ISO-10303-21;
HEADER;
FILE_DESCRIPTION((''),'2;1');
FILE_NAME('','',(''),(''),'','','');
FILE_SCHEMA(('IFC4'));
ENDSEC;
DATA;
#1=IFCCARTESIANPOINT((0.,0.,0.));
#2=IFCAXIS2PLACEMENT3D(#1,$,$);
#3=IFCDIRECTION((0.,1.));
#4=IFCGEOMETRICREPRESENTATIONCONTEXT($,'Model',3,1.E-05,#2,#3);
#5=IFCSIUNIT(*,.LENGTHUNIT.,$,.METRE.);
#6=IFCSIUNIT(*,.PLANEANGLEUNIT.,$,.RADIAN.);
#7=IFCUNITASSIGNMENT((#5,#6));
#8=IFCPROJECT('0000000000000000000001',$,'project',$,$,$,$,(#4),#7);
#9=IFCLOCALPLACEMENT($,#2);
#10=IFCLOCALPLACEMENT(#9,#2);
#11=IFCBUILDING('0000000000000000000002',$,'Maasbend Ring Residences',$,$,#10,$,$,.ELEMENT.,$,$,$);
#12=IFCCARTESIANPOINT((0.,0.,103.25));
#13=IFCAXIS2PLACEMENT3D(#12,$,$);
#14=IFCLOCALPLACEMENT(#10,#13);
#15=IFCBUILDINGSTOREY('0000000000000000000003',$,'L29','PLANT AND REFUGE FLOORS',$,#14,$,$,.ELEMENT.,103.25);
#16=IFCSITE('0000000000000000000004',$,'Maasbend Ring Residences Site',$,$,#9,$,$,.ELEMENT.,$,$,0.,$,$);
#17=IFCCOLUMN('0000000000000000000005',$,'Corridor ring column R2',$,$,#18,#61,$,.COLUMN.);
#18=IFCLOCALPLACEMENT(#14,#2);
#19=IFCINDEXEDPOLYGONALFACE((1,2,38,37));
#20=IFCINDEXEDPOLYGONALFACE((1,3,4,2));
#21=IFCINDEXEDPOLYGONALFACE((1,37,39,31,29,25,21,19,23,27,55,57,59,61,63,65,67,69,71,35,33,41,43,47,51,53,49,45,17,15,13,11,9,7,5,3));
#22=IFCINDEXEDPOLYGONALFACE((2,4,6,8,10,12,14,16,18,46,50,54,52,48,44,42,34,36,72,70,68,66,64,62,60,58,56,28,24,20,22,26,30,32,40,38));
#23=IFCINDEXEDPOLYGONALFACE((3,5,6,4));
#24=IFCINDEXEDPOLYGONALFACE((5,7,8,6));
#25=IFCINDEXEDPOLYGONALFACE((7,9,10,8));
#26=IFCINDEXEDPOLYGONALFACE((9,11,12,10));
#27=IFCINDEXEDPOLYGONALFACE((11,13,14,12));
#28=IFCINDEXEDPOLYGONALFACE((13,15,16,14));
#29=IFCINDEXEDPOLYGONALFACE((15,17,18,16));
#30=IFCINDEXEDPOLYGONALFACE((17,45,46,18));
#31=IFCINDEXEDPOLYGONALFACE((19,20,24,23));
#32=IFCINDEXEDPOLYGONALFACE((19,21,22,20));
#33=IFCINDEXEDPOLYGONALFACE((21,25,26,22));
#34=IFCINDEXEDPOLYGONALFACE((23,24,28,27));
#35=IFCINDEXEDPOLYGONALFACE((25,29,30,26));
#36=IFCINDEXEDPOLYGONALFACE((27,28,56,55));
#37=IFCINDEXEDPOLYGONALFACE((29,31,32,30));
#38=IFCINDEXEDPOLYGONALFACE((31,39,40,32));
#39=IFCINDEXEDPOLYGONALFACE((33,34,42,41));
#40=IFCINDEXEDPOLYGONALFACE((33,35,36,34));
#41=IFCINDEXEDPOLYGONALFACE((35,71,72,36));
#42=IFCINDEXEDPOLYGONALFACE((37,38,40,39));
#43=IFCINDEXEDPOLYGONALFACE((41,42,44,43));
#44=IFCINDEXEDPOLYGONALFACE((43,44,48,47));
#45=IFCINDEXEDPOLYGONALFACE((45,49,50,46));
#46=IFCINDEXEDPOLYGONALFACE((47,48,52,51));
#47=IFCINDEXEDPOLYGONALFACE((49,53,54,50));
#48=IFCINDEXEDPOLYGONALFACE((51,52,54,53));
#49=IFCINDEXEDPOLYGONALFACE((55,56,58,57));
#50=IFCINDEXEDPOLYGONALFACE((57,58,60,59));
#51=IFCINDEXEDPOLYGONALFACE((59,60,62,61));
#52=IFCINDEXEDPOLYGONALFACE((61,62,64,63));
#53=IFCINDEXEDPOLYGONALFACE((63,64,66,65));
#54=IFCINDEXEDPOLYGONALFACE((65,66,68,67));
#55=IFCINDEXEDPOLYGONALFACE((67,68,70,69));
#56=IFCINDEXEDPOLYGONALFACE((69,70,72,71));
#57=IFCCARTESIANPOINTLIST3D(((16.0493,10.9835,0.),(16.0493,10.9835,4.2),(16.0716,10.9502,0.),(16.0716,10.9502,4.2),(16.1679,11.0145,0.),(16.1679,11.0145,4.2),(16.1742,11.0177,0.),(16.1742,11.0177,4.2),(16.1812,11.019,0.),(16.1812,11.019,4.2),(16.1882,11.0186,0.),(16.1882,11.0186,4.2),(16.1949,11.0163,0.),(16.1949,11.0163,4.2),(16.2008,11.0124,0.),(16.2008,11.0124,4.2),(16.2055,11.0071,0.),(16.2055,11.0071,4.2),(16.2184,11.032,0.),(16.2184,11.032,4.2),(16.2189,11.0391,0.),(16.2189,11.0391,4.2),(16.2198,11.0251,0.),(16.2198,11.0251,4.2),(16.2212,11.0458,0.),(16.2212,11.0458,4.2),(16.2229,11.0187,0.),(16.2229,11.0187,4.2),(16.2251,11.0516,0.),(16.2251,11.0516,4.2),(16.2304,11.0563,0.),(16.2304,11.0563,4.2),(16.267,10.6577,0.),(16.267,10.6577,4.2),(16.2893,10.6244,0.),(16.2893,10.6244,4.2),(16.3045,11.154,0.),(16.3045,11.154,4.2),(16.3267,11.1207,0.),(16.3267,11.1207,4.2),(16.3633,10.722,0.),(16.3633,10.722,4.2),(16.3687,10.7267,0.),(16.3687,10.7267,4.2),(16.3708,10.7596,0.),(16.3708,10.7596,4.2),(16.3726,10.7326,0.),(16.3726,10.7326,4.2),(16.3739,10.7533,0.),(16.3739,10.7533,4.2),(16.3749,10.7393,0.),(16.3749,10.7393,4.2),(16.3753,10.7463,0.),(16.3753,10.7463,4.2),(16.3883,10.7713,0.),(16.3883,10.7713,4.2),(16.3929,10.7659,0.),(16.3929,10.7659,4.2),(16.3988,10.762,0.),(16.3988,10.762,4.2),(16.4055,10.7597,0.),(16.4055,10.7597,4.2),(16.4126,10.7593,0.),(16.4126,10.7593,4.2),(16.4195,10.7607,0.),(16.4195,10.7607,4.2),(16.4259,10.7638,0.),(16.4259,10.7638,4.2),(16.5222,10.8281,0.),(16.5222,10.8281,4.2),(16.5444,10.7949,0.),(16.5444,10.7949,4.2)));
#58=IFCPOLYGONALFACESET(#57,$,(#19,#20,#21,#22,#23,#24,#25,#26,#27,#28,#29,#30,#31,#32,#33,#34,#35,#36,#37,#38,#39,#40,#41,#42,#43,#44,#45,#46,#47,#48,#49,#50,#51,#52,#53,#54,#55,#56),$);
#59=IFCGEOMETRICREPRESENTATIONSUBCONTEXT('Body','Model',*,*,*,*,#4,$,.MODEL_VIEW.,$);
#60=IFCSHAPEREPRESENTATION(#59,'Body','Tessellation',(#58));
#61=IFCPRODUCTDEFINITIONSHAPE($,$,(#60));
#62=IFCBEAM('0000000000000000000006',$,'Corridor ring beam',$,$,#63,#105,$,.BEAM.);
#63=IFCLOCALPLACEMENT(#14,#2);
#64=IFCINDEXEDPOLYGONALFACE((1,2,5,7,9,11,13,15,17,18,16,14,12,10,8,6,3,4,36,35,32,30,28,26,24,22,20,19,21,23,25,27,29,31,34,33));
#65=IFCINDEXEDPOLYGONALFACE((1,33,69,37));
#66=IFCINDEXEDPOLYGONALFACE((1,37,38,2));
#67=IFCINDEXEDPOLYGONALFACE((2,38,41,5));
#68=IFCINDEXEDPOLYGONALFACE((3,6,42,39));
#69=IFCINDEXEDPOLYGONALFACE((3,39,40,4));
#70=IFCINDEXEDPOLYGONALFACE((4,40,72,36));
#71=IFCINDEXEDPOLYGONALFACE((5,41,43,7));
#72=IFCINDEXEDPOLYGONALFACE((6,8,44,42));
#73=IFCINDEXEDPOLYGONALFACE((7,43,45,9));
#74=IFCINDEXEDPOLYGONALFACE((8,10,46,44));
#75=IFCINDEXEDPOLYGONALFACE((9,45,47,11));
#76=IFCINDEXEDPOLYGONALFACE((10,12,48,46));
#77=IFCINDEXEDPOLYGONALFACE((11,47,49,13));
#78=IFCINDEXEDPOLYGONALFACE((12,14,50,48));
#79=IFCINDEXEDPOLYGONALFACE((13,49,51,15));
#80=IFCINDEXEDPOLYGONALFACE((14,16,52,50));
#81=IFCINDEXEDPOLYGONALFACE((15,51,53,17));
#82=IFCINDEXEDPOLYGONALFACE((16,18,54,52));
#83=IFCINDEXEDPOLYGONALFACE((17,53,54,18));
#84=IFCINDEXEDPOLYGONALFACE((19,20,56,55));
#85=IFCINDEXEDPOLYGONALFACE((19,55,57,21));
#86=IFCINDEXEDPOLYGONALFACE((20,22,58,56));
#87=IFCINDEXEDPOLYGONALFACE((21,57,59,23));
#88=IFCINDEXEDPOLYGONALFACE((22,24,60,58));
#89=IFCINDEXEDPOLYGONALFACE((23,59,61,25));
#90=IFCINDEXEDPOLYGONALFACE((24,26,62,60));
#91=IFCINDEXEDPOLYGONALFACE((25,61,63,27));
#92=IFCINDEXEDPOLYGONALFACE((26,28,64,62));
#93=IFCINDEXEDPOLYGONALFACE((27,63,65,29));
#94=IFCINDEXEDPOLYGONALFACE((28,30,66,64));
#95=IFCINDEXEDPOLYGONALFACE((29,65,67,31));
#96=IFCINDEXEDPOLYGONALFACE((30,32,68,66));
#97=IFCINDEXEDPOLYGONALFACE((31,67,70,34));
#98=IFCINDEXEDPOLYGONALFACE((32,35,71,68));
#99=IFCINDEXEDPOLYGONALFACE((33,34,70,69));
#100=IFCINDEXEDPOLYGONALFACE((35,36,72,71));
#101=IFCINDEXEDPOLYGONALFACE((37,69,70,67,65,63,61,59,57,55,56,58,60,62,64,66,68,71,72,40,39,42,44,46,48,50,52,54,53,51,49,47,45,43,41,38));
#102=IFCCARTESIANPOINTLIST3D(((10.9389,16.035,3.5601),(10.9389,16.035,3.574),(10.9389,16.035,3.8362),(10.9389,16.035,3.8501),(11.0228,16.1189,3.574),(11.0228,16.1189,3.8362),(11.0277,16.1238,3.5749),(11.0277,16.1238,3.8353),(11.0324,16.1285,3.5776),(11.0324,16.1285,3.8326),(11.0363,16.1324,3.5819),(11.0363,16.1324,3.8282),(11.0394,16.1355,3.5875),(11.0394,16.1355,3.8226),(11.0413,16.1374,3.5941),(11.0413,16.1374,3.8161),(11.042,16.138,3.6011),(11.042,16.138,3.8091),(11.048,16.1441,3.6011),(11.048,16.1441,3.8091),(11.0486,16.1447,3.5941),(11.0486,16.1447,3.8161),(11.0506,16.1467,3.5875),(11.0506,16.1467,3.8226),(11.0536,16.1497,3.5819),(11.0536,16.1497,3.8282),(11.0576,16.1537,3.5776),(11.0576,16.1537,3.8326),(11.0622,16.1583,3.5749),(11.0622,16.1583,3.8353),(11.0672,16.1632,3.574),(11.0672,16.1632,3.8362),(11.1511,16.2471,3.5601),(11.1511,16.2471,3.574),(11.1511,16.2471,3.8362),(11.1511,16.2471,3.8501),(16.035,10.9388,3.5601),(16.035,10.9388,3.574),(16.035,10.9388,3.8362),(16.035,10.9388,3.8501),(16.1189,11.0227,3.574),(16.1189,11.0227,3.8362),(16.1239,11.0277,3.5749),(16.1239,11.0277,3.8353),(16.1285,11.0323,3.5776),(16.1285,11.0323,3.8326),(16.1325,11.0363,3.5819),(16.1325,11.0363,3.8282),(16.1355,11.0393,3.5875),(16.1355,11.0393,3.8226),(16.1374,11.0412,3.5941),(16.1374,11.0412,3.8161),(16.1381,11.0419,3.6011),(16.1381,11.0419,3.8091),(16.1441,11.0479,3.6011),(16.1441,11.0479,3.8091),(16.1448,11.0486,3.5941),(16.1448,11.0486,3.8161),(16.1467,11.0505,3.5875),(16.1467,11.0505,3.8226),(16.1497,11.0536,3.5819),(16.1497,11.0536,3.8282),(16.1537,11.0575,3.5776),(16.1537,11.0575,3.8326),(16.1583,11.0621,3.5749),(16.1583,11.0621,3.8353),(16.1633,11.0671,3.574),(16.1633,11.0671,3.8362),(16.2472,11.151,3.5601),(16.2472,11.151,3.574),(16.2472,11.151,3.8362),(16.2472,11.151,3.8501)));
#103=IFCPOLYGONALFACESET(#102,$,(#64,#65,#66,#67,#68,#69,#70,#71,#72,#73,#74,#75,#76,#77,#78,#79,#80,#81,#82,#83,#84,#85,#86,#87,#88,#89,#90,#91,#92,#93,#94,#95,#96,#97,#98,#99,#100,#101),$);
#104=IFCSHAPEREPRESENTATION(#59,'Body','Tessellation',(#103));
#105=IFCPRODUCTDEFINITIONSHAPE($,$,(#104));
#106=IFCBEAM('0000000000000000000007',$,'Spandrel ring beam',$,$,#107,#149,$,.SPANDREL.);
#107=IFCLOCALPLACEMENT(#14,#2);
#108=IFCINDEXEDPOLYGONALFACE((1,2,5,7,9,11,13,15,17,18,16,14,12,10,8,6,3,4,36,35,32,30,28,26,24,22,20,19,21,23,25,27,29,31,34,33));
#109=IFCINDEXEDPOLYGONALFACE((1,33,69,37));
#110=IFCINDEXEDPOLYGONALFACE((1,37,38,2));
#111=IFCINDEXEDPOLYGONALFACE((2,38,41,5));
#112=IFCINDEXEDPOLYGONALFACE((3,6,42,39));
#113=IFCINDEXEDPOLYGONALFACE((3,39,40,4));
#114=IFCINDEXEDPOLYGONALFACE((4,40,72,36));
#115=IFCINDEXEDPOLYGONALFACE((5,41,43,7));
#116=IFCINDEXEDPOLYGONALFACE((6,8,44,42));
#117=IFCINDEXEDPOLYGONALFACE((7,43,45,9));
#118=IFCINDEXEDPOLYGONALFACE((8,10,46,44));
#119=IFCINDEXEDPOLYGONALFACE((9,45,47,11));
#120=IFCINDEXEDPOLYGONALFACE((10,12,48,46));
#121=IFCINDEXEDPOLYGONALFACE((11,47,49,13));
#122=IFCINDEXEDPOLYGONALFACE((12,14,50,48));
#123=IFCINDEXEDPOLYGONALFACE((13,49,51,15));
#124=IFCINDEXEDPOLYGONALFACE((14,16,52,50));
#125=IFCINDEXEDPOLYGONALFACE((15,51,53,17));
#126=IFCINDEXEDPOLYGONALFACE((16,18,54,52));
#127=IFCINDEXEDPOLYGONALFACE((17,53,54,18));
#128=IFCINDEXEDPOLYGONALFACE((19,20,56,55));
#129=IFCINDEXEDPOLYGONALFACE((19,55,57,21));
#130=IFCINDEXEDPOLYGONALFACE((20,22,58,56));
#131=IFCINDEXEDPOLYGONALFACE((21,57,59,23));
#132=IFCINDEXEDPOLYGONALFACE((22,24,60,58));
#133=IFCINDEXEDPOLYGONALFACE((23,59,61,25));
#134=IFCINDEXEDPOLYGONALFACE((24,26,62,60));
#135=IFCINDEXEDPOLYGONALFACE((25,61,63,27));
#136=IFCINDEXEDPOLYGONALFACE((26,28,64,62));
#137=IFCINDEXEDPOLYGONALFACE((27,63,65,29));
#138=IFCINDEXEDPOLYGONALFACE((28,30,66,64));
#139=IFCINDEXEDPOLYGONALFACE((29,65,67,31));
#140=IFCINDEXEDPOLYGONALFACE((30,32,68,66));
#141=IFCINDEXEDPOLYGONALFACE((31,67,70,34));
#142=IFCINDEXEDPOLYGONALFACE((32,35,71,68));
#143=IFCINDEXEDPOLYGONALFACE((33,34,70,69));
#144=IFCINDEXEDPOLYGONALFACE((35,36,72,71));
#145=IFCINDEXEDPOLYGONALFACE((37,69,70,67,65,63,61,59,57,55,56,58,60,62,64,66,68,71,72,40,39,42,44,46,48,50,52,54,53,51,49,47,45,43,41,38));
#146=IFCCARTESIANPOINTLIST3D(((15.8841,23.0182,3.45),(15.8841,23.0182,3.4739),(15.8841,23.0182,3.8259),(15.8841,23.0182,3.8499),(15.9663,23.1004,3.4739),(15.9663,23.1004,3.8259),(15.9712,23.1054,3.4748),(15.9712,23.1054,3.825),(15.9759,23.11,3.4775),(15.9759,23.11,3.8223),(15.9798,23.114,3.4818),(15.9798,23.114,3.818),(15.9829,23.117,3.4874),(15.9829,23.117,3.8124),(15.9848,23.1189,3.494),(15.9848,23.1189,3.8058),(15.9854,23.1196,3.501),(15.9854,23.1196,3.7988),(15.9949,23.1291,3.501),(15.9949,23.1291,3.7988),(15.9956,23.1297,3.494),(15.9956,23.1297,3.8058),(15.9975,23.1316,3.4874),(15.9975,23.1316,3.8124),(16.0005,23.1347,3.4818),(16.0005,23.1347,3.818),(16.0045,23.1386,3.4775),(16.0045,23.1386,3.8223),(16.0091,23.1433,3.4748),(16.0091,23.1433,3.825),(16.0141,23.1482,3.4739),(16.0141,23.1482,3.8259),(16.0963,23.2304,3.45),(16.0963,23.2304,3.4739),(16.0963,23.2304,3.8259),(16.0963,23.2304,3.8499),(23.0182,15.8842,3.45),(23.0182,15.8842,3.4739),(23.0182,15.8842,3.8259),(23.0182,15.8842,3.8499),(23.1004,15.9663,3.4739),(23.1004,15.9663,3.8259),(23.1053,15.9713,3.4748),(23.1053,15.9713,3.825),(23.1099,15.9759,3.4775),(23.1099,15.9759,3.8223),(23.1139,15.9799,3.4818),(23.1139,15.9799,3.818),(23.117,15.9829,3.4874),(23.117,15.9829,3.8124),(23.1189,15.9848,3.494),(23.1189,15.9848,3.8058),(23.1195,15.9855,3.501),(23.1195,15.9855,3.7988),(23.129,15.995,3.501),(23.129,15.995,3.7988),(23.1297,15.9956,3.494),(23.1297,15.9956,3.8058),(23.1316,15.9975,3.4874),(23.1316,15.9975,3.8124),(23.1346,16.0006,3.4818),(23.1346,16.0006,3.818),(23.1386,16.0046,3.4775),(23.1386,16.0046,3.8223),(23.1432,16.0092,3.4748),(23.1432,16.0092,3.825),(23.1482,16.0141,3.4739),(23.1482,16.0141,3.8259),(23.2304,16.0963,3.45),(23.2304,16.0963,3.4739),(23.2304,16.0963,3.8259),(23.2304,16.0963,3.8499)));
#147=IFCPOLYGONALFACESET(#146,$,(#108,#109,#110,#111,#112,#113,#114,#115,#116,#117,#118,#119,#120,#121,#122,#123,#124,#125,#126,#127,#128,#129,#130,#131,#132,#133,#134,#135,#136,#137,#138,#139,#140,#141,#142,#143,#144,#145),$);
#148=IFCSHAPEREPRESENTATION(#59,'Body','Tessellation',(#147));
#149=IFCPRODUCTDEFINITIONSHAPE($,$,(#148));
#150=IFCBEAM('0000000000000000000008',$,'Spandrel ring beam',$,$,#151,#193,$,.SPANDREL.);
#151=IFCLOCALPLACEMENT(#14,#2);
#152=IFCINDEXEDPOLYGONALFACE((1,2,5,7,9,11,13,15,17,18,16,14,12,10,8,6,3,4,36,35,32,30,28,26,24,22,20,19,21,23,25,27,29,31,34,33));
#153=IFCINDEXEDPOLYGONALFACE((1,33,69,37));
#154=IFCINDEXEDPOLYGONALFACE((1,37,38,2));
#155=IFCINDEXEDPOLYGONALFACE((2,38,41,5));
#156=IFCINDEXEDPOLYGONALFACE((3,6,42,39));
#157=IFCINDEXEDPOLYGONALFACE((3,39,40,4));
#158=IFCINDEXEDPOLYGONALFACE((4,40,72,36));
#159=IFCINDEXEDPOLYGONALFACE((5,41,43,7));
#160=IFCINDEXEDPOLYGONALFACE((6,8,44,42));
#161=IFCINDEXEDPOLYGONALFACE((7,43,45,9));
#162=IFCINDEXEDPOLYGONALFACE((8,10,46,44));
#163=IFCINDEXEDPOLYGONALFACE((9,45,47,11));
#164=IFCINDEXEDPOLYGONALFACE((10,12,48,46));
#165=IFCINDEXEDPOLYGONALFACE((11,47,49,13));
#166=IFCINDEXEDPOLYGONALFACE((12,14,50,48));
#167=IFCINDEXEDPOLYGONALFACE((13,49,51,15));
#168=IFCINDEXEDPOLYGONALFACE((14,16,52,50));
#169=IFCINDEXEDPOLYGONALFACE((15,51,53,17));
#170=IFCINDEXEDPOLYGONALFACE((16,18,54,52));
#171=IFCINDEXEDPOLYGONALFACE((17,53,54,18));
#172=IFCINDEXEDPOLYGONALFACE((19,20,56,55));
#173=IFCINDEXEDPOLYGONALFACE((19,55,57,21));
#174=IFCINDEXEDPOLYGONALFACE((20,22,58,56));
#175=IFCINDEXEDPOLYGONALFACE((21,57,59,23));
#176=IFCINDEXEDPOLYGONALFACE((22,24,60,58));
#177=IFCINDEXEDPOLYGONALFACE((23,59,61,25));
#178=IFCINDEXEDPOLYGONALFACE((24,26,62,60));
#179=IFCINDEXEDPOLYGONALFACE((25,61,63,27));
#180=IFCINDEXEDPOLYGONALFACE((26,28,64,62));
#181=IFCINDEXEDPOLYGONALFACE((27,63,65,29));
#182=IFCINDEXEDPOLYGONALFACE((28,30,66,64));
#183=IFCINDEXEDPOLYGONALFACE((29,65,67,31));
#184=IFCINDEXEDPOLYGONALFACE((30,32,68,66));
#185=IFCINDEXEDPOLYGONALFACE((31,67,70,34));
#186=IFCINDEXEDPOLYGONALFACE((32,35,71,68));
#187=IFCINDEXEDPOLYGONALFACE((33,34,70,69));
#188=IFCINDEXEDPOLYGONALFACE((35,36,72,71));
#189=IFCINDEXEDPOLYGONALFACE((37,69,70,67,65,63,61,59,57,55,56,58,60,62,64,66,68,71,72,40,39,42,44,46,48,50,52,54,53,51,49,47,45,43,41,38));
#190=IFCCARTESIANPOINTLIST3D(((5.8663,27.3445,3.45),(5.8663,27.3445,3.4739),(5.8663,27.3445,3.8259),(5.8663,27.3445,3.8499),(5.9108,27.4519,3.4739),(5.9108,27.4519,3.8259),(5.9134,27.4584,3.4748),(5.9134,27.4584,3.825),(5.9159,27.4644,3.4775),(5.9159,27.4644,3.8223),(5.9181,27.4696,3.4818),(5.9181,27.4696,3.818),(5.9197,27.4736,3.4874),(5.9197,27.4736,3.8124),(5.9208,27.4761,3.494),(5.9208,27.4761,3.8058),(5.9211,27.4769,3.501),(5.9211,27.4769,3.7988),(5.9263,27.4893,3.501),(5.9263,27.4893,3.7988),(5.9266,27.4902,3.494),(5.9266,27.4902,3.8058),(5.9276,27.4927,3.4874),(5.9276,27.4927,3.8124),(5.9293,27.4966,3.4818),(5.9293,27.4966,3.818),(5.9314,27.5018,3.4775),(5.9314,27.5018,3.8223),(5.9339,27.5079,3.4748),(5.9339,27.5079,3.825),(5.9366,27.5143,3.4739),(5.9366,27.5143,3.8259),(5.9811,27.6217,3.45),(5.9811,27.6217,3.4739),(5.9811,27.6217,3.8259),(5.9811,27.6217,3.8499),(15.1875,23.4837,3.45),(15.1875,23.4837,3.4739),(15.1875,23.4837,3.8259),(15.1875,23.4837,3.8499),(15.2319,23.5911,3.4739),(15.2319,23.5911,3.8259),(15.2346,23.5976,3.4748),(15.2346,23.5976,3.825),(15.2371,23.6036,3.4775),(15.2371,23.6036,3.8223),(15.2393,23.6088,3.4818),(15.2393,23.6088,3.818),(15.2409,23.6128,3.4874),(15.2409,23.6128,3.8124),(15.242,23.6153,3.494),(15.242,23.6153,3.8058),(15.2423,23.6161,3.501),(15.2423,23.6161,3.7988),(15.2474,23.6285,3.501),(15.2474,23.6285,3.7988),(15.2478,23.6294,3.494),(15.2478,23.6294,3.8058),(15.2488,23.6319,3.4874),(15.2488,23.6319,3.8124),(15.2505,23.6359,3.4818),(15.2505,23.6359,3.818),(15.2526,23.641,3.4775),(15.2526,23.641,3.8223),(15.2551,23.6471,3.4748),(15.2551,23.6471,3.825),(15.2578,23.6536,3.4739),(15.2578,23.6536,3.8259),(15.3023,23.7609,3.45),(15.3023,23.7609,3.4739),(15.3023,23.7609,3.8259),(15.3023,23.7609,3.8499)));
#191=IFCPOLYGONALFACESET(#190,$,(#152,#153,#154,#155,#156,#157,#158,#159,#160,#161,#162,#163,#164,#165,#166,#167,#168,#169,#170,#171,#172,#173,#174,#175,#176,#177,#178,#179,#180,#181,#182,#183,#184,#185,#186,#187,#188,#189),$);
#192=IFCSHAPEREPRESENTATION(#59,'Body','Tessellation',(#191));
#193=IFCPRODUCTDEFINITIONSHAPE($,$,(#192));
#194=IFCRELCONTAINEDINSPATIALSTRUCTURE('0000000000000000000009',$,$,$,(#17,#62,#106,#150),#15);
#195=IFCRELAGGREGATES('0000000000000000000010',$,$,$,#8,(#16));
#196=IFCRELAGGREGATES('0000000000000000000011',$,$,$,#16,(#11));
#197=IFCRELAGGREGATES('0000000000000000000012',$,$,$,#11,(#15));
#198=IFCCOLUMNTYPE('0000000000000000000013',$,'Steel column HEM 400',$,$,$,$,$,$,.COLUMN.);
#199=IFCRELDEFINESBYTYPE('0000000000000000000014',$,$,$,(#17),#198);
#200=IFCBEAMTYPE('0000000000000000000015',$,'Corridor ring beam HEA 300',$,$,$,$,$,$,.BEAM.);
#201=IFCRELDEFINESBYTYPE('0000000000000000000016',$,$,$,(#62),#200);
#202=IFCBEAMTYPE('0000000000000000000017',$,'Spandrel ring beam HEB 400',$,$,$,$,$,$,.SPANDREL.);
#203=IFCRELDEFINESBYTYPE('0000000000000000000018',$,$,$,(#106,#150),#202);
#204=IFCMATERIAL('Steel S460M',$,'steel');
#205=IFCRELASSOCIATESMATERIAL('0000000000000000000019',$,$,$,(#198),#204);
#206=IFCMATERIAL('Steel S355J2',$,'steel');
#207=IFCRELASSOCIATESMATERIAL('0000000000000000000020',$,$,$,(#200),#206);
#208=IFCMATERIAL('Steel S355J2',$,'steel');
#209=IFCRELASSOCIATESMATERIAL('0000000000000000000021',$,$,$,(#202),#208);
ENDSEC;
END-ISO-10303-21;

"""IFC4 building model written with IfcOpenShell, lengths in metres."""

from ifc_helpers import new_model, si_unit, direction, frame, origin, origin_2d, place, context, subcontext, project, spatial, i_section, extrude, material, material_profile, profile_set, type_object, element, save


model = new_model("IFC4")

# Units and contexts
model_context = context("Model", 3, precision=1e-05, world=origin(), true_north=direction((0.0, 1.0)))
body_context = subcontext(model_context, "Body", "Model", "MODEL_VIEW")
ifc_project = project(units=[si_unit("LENGTHUNIT", "METRE"), si_unit("PLANEANGLEUNIT", "RADIAN")], contexts=[model_context])

# Site, building, storey
site_placement = place(None, origin())
site = spatial("IfcSite", under=ifc_project, at=site_placement, Name="Maasbend Ring Residences Site", CompositionType="ELEMENT", RefElevation=0.0)
building_placement = place(site_placement, origin())
building = spatial("IfcBuilding", under=site, at=building_placement, Name="Maasbend Ring Residences", CompositionType="ELEMENT")
storey_placement = place(building_placement, frame((0.0, 0.0, 103.25)))
storey = spatial("IfcBuildingStorey", under=building, at=storey_placement, Name="L29", Description="PLANT AND REFUGE FLOORS", CompositionType="ELEMENT", Elevation=103.25)

# Column
ifc_material_1 = material(Name="Steel S460M", Category="steel")
ifc_material_profile_1 = material_profile(ifc_material_1, i_section(OverallWidth=0.3069, OverallDepth=0.4319, WebThickness=0.021, FlangeThickness=0.04, FilletRadius=0.0271, at=origin_2d()), Name="HEM 400")
ifc_profile_set_1 = profile_set([ifc_material_profile_1], Name="Steel S460M")
column_type_1 = type_object("IfcColumnType", Name="Steel column HEM 400", PredefinedType="COLUMN", material=ifc_profile_set_1)
column_placement = place(storey_placement, frame((16.2969, 10.8892, 0.0), z_axis=(0.0, 0.0, 1.0), x_axis=(0.83147, 0.55557, 0.0)))
element("IfcColumn", 1, at=column_placement, inside=storey, type_object=column_type_1, Name="Corridor ring column R2", PredefinedType="COLUMN", context=body_context, shape_type="SweptSolid", body=[
    extrude(i_section(OverallWidth=0.3069, OverallDepth=0.4319, WebThickness=0.021, FlangeThickness=0.04, FilletRadius=0.0271, at=origin_2d()), origin(), (0.0, 0.0, 1.0), 4.2),
])

# Beams
ifc_material_2 = material(Name="Steel S355J2", Category="steel")
ifc_material_profile_2 = material_profile(ifc_material_2, i_section(OverallWidth=0.3, OverallDepth=0.29, WebThickness=0.0085, FlangeThickness=0.0139, FilletRadius=0.0271, at=origin_2d()), Name="HEA 300")
ifc_profile_set_2 = profile_set([ifc_material_profile_2], Name="Steel S355J2")
beam_type_1 = type_object("IfcBeamType", Name="Corridor ring beam HEA 300", PredefinedType="BEAM", material=ifc_profile_set_2)
beam_placement = place(storey_placement, frame((16.1411, 11.0449, 3.7051), z_axis=(-0.707107, 0.707107, 0.0), x_axis=(-0.707107, -0.707107, 0.0)))
element("IfcBeam", 2, at=beam_placement, inside=storey, type_object=beam_type_1, Name="Corridor ring beam", PredefinedType="BEAM", context=body_context, shape_type="SweptSolid", body=[
    extrude(i_section(OverallWidth=0.3, OverallDepth=0.29, WebThickness=0.0085, FlangeThickness=0.0139, FilletRadius=0.0271, at=origin_2d()), origin(), (0.0, 0.0, 1.0), 7.207),
])
ifc_material_3 = material(Name="Steel S355J2", Category="steel")
ifc_material_profile_3 = material_profile(ifc_material_3, i_section(OverallWidth=0.3, OverallDepth=0.3999, WebThickness=0.0134, FlangeThickness=0.0239, FilletRadius=0.0271, at=origin_2d()), Name="HEB 400")
ifc_profile_set_3 = profile_set([ifc_material_profile_3], Name="Steel S355J2")
beam_type_2 = type_object("IfcBeamType", Name="Spandrel ring beam HEB 400", PredefinedType="SPANDREL", material=ifc_profile_set_3)
for number, where, z_axis, x_axis, name in (
    (3, (23.1243, 15.9902, 3.6499), (-0.707107, 0.707107, 0.0), (-0.707107, -0.707107, 0.0), "Spandrel ring beam"),
    (4, (15.2449, 23.6223, 3.6499), (-0.923885, 0.38267, 0.0), (-0.38267, -0.923885, 0.0), "Spandrel ring beam"),
):
    element("IfcBeam", number, at=place(storey_placement, frame(where, z_axis=z_axis, x_axis=x_axis)), inside=storey, type_object=beam_type_2, Name=name, PredefinedType="SPANDREL", context=body_context, shape_type="SweptSolid", body=[
        extrude(i_section(OverallWidth=0.3, OverallDepth=0.3999, WebThickness=0.0134, FlangeThickness=0.0239, FilletRadius=0.0271, at=origin_2d()), origin(), (0.0, 0.0, 1.0), 10.0891),
    ])

save(model, "model.ifc")
